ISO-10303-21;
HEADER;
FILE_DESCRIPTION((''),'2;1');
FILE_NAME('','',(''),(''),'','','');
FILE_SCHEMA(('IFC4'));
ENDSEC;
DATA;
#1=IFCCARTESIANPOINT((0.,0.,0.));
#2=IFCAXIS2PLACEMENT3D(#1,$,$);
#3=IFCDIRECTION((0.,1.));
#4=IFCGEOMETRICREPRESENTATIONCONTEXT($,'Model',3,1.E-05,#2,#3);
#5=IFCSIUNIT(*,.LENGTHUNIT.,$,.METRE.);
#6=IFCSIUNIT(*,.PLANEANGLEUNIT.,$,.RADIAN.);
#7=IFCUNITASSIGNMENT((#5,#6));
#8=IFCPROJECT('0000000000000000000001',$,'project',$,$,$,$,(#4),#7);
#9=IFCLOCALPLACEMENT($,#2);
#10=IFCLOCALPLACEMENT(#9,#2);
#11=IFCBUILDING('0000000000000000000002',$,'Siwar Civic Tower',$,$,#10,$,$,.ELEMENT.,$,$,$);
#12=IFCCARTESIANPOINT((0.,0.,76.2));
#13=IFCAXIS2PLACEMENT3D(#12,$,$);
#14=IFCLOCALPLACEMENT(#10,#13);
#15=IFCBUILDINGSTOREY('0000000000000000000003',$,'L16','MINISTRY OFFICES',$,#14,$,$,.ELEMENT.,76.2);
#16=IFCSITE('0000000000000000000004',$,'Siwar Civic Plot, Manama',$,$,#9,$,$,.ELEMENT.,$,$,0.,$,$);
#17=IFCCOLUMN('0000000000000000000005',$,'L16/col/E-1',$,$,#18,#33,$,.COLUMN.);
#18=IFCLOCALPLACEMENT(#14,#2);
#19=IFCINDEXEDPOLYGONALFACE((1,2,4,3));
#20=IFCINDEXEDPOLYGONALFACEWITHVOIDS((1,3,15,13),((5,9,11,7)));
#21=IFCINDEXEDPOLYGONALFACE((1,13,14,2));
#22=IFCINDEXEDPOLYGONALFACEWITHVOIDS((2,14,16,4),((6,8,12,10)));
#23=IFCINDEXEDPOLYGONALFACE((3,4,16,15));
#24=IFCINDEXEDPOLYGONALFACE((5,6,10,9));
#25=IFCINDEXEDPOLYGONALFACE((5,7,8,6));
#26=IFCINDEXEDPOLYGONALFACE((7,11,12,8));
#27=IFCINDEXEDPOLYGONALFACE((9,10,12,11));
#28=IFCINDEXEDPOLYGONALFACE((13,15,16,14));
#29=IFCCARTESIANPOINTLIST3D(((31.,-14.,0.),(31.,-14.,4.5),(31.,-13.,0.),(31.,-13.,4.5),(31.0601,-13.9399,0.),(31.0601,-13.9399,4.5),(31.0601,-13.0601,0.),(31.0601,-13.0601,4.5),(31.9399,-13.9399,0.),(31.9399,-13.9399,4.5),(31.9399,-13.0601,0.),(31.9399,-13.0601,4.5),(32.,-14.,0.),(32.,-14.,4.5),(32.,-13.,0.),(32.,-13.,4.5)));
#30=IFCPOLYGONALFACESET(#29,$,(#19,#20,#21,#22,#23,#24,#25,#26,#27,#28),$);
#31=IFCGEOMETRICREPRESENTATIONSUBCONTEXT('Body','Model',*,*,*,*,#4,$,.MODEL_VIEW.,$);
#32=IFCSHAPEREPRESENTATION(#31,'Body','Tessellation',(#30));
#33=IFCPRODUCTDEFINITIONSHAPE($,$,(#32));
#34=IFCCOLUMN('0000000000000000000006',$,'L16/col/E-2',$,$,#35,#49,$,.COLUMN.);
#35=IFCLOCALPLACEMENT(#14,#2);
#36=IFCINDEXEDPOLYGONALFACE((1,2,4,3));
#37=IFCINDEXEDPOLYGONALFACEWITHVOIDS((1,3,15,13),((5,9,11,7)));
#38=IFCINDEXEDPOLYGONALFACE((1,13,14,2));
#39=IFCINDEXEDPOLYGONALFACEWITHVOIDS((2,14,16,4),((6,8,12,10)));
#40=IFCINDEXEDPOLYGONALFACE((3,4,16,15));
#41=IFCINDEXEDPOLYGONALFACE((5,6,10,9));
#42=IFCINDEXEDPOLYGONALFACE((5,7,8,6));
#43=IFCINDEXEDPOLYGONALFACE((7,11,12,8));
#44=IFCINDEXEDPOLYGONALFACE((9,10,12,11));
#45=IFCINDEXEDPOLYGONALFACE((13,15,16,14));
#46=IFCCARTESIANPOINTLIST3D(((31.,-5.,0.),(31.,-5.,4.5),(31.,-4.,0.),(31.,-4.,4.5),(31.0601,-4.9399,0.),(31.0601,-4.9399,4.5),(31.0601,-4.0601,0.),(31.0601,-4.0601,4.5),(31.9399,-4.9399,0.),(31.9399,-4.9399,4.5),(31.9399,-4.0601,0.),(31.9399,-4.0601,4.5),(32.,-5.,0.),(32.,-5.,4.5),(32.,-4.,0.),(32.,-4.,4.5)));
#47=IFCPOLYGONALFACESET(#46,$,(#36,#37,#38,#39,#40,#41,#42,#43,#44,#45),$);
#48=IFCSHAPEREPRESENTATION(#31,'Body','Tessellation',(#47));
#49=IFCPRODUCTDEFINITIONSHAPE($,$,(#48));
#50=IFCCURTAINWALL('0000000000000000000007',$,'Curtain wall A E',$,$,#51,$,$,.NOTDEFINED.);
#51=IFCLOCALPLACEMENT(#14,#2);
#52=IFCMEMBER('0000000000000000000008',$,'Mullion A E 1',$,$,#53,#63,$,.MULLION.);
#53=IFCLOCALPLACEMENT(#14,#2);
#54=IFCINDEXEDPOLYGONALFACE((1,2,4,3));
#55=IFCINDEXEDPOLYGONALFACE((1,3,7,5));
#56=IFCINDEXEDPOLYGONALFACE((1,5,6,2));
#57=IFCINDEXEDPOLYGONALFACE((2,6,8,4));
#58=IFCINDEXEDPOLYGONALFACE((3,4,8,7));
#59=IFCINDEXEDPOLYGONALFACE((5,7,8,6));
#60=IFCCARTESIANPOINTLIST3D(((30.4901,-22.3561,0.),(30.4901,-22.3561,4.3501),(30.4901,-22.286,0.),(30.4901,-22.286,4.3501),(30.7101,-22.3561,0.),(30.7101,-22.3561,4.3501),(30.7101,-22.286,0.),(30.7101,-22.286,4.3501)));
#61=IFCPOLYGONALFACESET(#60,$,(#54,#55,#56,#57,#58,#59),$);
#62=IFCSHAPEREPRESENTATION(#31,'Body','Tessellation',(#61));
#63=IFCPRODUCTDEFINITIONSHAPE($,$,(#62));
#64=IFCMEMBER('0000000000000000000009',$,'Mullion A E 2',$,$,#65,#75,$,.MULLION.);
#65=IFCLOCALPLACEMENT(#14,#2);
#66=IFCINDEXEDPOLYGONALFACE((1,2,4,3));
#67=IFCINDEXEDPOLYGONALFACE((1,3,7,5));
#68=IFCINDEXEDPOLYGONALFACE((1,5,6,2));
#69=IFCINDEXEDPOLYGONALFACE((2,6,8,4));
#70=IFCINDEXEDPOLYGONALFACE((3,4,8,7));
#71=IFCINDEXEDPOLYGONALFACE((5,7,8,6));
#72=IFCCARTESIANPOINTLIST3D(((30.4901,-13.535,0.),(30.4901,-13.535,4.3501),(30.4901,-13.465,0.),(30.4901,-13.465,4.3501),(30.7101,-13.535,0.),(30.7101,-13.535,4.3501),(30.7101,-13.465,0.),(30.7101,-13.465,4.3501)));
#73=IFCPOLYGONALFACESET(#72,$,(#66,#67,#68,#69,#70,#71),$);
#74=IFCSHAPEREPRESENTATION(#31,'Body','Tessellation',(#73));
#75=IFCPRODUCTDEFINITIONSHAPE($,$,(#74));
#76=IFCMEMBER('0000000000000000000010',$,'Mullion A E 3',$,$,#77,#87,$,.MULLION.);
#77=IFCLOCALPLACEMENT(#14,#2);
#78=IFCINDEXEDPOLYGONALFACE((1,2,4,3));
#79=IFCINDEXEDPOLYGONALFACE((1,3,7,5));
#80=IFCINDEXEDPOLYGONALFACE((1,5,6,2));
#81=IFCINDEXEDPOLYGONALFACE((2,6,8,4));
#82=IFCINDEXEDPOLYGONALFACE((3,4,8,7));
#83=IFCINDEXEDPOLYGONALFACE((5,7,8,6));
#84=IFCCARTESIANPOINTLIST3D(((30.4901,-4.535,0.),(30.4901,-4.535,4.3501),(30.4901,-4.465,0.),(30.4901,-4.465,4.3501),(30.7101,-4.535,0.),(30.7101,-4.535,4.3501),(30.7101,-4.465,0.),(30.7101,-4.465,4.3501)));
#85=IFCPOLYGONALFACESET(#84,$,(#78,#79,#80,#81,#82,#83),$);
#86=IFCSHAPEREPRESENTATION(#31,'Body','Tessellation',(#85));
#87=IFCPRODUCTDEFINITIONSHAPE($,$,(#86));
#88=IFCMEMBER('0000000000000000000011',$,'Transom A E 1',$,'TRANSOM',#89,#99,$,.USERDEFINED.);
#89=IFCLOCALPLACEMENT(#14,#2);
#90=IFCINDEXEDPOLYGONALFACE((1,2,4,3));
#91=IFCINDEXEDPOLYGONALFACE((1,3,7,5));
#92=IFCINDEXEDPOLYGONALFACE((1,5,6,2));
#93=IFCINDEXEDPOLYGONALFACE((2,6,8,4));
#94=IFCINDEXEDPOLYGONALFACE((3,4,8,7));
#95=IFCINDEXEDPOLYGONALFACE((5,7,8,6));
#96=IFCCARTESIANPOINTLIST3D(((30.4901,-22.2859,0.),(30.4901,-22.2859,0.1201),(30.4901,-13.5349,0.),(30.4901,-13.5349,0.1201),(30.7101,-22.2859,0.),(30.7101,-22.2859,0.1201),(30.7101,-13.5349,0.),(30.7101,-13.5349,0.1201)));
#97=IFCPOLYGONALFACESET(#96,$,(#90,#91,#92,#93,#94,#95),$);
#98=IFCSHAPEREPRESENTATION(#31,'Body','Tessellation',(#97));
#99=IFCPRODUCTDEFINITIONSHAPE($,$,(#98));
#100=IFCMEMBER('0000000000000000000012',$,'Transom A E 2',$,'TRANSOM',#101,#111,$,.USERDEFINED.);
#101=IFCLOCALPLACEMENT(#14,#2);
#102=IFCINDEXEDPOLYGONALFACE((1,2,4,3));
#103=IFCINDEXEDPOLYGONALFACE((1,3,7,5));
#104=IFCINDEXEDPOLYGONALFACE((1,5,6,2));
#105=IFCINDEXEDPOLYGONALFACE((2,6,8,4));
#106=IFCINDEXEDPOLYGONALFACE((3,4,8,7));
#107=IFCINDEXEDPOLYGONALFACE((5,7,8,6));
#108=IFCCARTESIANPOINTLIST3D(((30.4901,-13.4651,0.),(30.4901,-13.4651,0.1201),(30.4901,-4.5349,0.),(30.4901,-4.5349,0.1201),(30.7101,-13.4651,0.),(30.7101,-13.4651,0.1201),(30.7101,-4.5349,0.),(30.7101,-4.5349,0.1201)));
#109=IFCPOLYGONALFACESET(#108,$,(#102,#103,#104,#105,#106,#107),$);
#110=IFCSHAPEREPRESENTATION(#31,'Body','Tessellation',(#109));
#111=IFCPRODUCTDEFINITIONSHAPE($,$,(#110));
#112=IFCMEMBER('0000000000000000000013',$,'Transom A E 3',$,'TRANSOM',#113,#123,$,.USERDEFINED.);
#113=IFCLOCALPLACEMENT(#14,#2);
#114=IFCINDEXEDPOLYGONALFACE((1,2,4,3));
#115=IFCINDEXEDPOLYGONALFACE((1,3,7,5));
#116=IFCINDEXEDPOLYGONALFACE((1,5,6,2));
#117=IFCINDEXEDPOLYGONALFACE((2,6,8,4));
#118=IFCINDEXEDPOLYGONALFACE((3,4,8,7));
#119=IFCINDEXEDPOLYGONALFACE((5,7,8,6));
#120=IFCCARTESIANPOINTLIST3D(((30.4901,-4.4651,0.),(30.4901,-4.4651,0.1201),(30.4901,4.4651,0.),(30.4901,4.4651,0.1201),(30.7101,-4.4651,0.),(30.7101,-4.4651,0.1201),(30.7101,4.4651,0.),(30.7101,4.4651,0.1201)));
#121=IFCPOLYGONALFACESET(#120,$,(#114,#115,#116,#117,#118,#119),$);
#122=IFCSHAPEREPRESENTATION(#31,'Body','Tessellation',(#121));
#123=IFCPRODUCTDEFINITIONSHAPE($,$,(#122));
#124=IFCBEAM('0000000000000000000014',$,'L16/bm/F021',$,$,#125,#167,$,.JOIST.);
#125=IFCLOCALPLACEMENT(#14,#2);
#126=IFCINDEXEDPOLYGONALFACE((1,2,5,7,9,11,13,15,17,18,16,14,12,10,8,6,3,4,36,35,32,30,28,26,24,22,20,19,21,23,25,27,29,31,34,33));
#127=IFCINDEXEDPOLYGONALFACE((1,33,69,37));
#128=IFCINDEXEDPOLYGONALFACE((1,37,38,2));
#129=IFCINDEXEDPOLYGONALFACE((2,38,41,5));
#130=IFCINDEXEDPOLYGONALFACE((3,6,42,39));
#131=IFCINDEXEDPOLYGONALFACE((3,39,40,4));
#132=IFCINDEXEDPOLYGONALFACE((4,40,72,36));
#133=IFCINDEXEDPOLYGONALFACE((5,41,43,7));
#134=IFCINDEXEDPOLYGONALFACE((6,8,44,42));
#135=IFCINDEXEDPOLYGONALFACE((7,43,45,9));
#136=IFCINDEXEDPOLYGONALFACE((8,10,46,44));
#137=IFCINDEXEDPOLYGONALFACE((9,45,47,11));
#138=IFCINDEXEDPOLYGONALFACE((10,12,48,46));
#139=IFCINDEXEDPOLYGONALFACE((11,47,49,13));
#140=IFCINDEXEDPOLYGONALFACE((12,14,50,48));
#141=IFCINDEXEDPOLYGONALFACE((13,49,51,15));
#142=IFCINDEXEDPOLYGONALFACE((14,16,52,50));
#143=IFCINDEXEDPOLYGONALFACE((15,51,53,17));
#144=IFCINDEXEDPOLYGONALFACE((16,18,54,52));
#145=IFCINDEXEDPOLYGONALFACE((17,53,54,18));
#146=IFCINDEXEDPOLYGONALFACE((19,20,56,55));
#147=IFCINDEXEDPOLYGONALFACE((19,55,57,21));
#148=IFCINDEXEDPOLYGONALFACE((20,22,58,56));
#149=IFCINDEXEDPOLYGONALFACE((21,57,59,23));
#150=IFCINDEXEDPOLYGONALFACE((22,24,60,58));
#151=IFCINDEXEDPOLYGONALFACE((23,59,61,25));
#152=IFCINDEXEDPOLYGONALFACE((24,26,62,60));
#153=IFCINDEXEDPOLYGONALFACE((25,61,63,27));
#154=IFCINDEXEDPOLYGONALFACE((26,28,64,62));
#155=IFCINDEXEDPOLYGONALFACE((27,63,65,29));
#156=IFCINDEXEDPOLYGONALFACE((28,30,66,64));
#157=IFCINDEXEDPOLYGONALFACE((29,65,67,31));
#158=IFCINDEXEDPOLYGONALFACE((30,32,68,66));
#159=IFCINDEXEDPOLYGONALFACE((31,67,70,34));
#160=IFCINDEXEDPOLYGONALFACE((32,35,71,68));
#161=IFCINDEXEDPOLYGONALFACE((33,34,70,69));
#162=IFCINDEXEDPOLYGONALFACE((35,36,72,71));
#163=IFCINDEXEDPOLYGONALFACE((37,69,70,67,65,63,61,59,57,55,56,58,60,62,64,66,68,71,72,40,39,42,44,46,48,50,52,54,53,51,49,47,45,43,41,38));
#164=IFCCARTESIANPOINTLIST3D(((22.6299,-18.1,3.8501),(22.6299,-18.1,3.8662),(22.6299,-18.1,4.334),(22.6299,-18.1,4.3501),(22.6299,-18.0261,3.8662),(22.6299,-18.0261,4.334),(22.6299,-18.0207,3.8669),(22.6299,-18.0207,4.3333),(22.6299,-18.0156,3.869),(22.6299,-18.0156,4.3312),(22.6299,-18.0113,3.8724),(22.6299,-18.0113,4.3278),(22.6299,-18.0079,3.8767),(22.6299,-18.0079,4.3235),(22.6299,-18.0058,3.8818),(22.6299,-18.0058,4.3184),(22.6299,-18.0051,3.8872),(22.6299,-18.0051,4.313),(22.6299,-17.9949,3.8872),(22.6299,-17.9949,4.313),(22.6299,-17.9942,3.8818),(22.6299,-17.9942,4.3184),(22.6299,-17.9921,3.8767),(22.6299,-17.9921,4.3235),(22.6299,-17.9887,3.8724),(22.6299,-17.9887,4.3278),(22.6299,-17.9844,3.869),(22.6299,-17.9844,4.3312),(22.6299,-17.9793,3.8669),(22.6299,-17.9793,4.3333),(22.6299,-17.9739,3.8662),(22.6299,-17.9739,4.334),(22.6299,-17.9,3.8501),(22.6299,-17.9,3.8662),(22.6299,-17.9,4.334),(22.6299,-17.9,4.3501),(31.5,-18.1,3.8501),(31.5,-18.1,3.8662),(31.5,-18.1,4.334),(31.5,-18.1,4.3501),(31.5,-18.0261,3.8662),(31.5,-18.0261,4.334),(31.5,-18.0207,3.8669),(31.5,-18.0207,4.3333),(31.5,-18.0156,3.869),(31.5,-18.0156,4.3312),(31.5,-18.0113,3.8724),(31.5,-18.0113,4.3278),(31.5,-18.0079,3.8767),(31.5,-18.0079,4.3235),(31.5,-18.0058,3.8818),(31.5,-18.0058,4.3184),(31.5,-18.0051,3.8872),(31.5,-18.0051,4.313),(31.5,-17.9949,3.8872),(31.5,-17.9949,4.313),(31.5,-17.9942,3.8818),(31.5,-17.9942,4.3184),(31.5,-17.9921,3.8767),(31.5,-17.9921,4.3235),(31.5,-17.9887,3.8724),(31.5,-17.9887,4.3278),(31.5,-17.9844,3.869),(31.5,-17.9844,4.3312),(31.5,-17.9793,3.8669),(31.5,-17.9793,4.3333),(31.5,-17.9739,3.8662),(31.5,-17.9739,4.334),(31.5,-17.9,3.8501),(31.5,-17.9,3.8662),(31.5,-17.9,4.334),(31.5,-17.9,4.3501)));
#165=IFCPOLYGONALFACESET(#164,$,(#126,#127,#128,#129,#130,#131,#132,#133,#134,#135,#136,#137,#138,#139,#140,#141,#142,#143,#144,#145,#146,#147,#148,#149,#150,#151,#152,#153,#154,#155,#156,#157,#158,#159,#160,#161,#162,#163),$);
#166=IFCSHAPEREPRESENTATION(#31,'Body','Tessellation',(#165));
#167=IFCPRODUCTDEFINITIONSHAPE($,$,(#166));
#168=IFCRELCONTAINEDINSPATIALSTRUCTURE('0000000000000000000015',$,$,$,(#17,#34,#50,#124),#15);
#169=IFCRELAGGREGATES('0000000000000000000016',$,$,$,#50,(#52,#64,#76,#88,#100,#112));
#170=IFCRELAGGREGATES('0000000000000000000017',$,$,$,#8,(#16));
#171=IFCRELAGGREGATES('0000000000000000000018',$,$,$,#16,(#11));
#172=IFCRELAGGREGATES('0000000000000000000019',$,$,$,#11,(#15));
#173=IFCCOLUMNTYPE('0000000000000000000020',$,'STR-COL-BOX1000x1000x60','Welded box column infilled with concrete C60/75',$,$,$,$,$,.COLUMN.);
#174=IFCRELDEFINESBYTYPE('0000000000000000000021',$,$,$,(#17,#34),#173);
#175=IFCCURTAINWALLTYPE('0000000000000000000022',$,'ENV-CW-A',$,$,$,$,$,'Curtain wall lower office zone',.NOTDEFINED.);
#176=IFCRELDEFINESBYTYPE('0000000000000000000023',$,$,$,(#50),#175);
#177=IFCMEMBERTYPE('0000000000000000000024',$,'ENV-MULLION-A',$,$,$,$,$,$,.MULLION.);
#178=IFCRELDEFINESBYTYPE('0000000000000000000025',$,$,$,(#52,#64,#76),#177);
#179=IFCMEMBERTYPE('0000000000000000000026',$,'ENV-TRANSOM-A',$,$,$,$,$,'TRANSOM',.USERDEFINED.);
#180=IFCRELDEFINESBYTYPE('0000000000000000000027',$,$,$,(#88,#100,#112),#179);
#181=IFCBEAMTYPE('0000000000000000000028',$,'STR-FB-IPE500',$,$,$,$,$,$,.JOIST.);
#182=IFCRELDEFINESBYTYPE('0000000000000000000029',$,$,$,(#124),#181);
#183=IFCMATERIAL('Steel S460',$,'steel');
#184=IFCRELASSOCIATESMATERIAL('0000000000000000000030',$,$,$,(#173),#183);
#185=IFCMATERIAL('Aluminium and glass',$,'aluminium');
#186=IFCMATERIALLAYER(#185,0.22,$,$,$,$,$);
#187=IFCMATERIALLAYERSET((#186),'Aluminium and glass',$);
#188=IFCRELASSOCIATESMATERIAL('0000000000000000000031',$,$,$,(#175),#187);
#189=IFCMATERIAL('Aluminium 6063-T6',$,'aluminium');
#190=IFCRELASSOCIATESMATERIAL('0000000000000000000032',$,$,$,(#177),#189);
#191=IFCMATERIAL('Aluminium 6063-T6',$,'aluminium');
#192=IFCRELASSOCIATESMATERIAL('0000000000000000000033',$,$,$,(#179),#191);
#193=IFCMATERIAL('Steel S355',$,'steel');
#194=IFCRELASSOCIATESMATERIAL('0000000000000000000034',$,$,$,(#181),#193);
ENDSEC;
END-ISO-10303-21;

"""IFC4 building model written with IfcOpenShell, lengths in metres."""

from ifc_helpers import new_model, si_unit, direction, frame, origin, origin_2d, place, context, subcontext, project, spatial, rectangle, hollow_rectangle, i_section, extrude, material, layer, layer_set, material_profile, profile_set, type_object, element, aggregate, save


model = new_model("IFC4")

# Units and contexts
model_context = context("Model", 3, precision=1e-05, world=origin(), true_north=direction((0.0, 1.0)))
body_context = subcontext(model_context, "Body", "Model", "MODEL_VIEW")
ifc_project = project(units=[si_unit("LENGTHUNIT", "METRE"), si_unit("PLANEANGLEUNIT", "RADIAN")], contexts=[model_context])

# Site, building, storey
site_placement = place(None, origin())
site = spatial("IfcSite", under=ifc_project, at=site_placement, Name="Siwar Civic Plot, Manama", CompositionType="ELEMENT", RefElevation=0.0)
building_placement = place(site_placement, origin())
building = spatial("IfcBuilding", under=site, at=building_placement, Name="Siwar Civic Tower", CompositionType="ELEMENT")
storey_placement = place(building_placement, frame((0.0, 0.0, 76.2)))
storey = spatial("IfcBuildingStorey", under=building, at=storey_placement, Name="L16", Description="MINISTRY OFFICES", CompositionType="ELEMENT", Elevation=76.2)

# Columns
ifc_material_1 = material(Name="Steel S460", Category="steel")
ifc_material_profile_1 = material_profile(ifc_material_1, hollow_rectangle(XDim=1.0, YDim=1.0, WallThickness=0.0601, at=origin_2d()), Name="BOX1000x1000x60")
ifc_profile_set_1 = profile_set([ifc_material_profile_1], Name="Steel S460")
column_type = type_object("IfcColumnType", Name="STR-COL-BOX1000x1000x60", Description="Welded box column infilled with concrete C60/75", PredefinedType="COLUMN", material=ifc_profile_set_1)
for number, where, z_axis, x_axis, name in (
    (1, (31.5, -13.5, 0.0), (0.0, 0.0, 1.0), (1.0, 0.0, 0.0), "L16/col/E-1"),
    (2, (31.5, -4.5, 0.0), (0.0, 0.0, 1.0), (1.0, 0.0, 0.0), "L16/col/E-2"),
):
    element("IfcColumn", number, at=place(storey_placement, frame(where, z_axis=z_axis, x_axis=x_axis)), inside=storey, type_object=column_type, Name=name, PredefinedType="COLUMN", context=body_context, shape_type="SweptSolid", body=[
        extrude(hollow_rectangle(XDim=1.0, YDim=1.0, WallThickness=0.0601, at=origin_2d()), origin(), (0.0, 0.0, 1.0), 4.5),
    ])

# Curtain wall, members
ifc_material_2 = material(Name="Aluminium and glass", Category="aluminium")
ifc_layer_1 = layer(ifc_material_2, 0.22)
ifc_layer_set_1 = layer_set([ifc_layer_1], Name="Aluminium and glass")
curtain_wall_type = type_object("IfcCurtainWallType", Name="ENV-CW-A", ElementType="Curtain wall lower office zone", PredefinedType="NOTDEFINED", material=ifc_layer_set_1)
curtain_wall_placement = place(storey_placement, origin())
curtain_wall = element("IfcCurtainWall", 3, at=curtain_wall_placement, inside=storey, type_object=curtain_wall_type, Name="Curtain wall A E", PredefinedType="NOTDEFINED")
ifc_material_3 = material(Name="Aluminium 6063-T6", Category="aluminium")
ifc_material_profile_2 = material_profile(ifc_material_3, rectangle(XDim=0.22, YDim=0.0701, at=origin_2d()), Name="AL 220x70")
ifc_profile_set_2 = profile_set([ifc_material_profile_2], Name="Aluminium 6063-T6")
member_type_1 = type_object("IfcMemberType", Name="ENV-MULLION-A", PredefinedType="MULLION", material=ifc_profile_set_2)
member_1_placement = place(storey_placement, frame((30.6001, -22.321, 0.0), z_axis=(0.0, 0.0, 1.0), x_axis=(-1.0, 0.0, 0.0)))
member_1 = element("IfcMember", 4, at=member_1_placement, type_object=member_type_1, Name="Mullion A E 1", PredefinedType="MULLION", context=body_context, shape_type="SweptSolid", body=[
    extrude(rectangle(XDim=0.22, YDim=0.0701, at=origin_2d()), origin(), (0.0, 0.0, 1.0), 4.3501),
])
member_2_placement = place(storey_placement, frame((30.6001, -13.5, 0.0), z_axis=(0.0, 0.0, 1.0), x_axis=(-1.0, 0.0, 0.0)))
member_2 = element("IfcMember", 5, at=member_2_placement, type_object=member_type_1, Name="Mullion A E 2", PredefinedType="MULLION", context=body_context, shape_type="SweptSolid", body=[
    extrude(rectangle(XDim=0.22, YDim=0.0701, at=origin_2d()), origin(), (0.0, 0.0, 1.0), 4.3501),
])
member_3_placement = place(storey_placement, frame((30.6001, -4.5, 0.0), z_axis=(0.0, 0.0, 1.0), x_axis=(-1.0, 0.0, 0.0)))
member_3 = element("IfcMember", 6, at=member_3_placement, type_object=member_type_1, Name="Mullion A E 3", PredefinedType="MULLION", context=body_context, shape_type="SweptSolid", body=[
    extrude(rectangle(XDim=0.22, YDim=0.0701, at=origin_2d()), origin(), (0.0, 0.0, 1.0), 4.3501),
])
ifc_material_4 = material(Name="Aluminium 6063-T6", Category="aluminium")
ifc_material_profile_3 = material_profile(ifc_material_4, rectangle(XDim=0.22, YDim=0.1201, at=origin_2d()), Name="AL 220x120")
ifc_profile_set_3 = profile_set([ifc_material_profile_3], Name="Aluminium 6063-T6")
member_type_2 = type_object("IfcMemberType", Name="ENV-TRANSOM-A", ElementType="TRANSOM", PredefinedType="USERDEFINED", material=ifc_profile_set_3)
member_4_placement = place(storey_placement, frame((30.6001, -22.2859, 0.0601), z_axis=(0.0, 1.0, 0.0), x_axis=(-1.0, 0.0, 0.0)))
member_4 = element("IfcMember", 7, at=member_4_placement, type_object=member_type_2, Name="Transom A E 1", ObjectType="TRANSOM", PredefinedType="USERDEFINED", context=body_context, shape_type="SweptSolid", body=[
    extrude(rectangle(XDim=0.22, YDim=0.1201, at=origin_2d()), origin(), (0.0, 0.0, 1.0), 8.751),
])
member_5_placement = place(storey_placement, frame((30.6001, -13.4651, 0.0601), z_axis=(0.0, 1.0, 0.0), x_axis=(-1.0, 0.0, 0.0)))
member_5 = element("IfcMember", 8, at=member_5_placement, type_object=member_type_2, Name="Transom A E 2", ObjectType="TRANSOM", PredefinedType="USERDEFINED", context=body_context, shape_type="SweptSolid", body=[
    extrude(rectangle(XDim=0.22, YDim=0.1201, at=origin_2d()), origin(), (0.0, 0.0, 1.0), 8.9302),
])
member_6_placement = place(storey_placement, frame((30.6001, -4.4651, 0.0601), z_axis=(0.0, 1.0, 0.0), x_axis=(-1.0, 0.0, 0.0)))
member_6 = element("IfcMember", 9, at=member_6_placement, type_object=member_type_2, Name="Transom A E 3", ObjectType="TRANSOM", PredefinedType="USERDEFINED", context=body_context, shape_type="SweptSolid", body=[
    extrude(rectangle(XDim=0.22, YDim=0.1201, at=origin_2d()), origin(), (0.0, 0.0, 1.0), 8.9302),
])

# Beam
ifc_material_5 = material(Name="Steel S355", Category="steel")
ifc_material_profile_4 = material_profile(ifc_material_5, i_section(OverallWidth=0.2, OverallDepth=0.5, WebThickness=0.0103, FlangeThickness=0.0161, FilletRadius=0.021, at=origin_2d()), Name="IPE500")
ifc_profile_set_4 = profile_set([ifc_material_profile_4], Name="Steel S355")
beam_type_1 = type_object("IfcBeamType", Name="STR-FB-IPE500", PredefinedType="JOIST", material=ifc_profile_set_4)
beam_1_placement = place(storey_placement, frame((22.6299, -18.0, 4.1001), z_axis=(1.0, 0.0, 0.0), x_axis=(0.0, 1.0, 0.0)))
element("IfcBeam", 10, at=beam_1_placement, inside=storey, type_object=beam_type_1, Name="L16/bm/F021", PredefinedType="JOIST", context=body_context, shape_type="SweptSolid", body=[
    extrude(i_section(OverallWidth=0.2, OverallDepth=0.5, WebThickness=0.0103, FlangeThickness=0.0161, FilletRadius=0.021, at=origin_2d()), origin(), (0.0, 0.0, 1.0), 8.8701),
])

aggregate(curtain_wall, [member_1, member_2, member_3, member_4, member_5, member_6])

save(model, "model.ifc")
